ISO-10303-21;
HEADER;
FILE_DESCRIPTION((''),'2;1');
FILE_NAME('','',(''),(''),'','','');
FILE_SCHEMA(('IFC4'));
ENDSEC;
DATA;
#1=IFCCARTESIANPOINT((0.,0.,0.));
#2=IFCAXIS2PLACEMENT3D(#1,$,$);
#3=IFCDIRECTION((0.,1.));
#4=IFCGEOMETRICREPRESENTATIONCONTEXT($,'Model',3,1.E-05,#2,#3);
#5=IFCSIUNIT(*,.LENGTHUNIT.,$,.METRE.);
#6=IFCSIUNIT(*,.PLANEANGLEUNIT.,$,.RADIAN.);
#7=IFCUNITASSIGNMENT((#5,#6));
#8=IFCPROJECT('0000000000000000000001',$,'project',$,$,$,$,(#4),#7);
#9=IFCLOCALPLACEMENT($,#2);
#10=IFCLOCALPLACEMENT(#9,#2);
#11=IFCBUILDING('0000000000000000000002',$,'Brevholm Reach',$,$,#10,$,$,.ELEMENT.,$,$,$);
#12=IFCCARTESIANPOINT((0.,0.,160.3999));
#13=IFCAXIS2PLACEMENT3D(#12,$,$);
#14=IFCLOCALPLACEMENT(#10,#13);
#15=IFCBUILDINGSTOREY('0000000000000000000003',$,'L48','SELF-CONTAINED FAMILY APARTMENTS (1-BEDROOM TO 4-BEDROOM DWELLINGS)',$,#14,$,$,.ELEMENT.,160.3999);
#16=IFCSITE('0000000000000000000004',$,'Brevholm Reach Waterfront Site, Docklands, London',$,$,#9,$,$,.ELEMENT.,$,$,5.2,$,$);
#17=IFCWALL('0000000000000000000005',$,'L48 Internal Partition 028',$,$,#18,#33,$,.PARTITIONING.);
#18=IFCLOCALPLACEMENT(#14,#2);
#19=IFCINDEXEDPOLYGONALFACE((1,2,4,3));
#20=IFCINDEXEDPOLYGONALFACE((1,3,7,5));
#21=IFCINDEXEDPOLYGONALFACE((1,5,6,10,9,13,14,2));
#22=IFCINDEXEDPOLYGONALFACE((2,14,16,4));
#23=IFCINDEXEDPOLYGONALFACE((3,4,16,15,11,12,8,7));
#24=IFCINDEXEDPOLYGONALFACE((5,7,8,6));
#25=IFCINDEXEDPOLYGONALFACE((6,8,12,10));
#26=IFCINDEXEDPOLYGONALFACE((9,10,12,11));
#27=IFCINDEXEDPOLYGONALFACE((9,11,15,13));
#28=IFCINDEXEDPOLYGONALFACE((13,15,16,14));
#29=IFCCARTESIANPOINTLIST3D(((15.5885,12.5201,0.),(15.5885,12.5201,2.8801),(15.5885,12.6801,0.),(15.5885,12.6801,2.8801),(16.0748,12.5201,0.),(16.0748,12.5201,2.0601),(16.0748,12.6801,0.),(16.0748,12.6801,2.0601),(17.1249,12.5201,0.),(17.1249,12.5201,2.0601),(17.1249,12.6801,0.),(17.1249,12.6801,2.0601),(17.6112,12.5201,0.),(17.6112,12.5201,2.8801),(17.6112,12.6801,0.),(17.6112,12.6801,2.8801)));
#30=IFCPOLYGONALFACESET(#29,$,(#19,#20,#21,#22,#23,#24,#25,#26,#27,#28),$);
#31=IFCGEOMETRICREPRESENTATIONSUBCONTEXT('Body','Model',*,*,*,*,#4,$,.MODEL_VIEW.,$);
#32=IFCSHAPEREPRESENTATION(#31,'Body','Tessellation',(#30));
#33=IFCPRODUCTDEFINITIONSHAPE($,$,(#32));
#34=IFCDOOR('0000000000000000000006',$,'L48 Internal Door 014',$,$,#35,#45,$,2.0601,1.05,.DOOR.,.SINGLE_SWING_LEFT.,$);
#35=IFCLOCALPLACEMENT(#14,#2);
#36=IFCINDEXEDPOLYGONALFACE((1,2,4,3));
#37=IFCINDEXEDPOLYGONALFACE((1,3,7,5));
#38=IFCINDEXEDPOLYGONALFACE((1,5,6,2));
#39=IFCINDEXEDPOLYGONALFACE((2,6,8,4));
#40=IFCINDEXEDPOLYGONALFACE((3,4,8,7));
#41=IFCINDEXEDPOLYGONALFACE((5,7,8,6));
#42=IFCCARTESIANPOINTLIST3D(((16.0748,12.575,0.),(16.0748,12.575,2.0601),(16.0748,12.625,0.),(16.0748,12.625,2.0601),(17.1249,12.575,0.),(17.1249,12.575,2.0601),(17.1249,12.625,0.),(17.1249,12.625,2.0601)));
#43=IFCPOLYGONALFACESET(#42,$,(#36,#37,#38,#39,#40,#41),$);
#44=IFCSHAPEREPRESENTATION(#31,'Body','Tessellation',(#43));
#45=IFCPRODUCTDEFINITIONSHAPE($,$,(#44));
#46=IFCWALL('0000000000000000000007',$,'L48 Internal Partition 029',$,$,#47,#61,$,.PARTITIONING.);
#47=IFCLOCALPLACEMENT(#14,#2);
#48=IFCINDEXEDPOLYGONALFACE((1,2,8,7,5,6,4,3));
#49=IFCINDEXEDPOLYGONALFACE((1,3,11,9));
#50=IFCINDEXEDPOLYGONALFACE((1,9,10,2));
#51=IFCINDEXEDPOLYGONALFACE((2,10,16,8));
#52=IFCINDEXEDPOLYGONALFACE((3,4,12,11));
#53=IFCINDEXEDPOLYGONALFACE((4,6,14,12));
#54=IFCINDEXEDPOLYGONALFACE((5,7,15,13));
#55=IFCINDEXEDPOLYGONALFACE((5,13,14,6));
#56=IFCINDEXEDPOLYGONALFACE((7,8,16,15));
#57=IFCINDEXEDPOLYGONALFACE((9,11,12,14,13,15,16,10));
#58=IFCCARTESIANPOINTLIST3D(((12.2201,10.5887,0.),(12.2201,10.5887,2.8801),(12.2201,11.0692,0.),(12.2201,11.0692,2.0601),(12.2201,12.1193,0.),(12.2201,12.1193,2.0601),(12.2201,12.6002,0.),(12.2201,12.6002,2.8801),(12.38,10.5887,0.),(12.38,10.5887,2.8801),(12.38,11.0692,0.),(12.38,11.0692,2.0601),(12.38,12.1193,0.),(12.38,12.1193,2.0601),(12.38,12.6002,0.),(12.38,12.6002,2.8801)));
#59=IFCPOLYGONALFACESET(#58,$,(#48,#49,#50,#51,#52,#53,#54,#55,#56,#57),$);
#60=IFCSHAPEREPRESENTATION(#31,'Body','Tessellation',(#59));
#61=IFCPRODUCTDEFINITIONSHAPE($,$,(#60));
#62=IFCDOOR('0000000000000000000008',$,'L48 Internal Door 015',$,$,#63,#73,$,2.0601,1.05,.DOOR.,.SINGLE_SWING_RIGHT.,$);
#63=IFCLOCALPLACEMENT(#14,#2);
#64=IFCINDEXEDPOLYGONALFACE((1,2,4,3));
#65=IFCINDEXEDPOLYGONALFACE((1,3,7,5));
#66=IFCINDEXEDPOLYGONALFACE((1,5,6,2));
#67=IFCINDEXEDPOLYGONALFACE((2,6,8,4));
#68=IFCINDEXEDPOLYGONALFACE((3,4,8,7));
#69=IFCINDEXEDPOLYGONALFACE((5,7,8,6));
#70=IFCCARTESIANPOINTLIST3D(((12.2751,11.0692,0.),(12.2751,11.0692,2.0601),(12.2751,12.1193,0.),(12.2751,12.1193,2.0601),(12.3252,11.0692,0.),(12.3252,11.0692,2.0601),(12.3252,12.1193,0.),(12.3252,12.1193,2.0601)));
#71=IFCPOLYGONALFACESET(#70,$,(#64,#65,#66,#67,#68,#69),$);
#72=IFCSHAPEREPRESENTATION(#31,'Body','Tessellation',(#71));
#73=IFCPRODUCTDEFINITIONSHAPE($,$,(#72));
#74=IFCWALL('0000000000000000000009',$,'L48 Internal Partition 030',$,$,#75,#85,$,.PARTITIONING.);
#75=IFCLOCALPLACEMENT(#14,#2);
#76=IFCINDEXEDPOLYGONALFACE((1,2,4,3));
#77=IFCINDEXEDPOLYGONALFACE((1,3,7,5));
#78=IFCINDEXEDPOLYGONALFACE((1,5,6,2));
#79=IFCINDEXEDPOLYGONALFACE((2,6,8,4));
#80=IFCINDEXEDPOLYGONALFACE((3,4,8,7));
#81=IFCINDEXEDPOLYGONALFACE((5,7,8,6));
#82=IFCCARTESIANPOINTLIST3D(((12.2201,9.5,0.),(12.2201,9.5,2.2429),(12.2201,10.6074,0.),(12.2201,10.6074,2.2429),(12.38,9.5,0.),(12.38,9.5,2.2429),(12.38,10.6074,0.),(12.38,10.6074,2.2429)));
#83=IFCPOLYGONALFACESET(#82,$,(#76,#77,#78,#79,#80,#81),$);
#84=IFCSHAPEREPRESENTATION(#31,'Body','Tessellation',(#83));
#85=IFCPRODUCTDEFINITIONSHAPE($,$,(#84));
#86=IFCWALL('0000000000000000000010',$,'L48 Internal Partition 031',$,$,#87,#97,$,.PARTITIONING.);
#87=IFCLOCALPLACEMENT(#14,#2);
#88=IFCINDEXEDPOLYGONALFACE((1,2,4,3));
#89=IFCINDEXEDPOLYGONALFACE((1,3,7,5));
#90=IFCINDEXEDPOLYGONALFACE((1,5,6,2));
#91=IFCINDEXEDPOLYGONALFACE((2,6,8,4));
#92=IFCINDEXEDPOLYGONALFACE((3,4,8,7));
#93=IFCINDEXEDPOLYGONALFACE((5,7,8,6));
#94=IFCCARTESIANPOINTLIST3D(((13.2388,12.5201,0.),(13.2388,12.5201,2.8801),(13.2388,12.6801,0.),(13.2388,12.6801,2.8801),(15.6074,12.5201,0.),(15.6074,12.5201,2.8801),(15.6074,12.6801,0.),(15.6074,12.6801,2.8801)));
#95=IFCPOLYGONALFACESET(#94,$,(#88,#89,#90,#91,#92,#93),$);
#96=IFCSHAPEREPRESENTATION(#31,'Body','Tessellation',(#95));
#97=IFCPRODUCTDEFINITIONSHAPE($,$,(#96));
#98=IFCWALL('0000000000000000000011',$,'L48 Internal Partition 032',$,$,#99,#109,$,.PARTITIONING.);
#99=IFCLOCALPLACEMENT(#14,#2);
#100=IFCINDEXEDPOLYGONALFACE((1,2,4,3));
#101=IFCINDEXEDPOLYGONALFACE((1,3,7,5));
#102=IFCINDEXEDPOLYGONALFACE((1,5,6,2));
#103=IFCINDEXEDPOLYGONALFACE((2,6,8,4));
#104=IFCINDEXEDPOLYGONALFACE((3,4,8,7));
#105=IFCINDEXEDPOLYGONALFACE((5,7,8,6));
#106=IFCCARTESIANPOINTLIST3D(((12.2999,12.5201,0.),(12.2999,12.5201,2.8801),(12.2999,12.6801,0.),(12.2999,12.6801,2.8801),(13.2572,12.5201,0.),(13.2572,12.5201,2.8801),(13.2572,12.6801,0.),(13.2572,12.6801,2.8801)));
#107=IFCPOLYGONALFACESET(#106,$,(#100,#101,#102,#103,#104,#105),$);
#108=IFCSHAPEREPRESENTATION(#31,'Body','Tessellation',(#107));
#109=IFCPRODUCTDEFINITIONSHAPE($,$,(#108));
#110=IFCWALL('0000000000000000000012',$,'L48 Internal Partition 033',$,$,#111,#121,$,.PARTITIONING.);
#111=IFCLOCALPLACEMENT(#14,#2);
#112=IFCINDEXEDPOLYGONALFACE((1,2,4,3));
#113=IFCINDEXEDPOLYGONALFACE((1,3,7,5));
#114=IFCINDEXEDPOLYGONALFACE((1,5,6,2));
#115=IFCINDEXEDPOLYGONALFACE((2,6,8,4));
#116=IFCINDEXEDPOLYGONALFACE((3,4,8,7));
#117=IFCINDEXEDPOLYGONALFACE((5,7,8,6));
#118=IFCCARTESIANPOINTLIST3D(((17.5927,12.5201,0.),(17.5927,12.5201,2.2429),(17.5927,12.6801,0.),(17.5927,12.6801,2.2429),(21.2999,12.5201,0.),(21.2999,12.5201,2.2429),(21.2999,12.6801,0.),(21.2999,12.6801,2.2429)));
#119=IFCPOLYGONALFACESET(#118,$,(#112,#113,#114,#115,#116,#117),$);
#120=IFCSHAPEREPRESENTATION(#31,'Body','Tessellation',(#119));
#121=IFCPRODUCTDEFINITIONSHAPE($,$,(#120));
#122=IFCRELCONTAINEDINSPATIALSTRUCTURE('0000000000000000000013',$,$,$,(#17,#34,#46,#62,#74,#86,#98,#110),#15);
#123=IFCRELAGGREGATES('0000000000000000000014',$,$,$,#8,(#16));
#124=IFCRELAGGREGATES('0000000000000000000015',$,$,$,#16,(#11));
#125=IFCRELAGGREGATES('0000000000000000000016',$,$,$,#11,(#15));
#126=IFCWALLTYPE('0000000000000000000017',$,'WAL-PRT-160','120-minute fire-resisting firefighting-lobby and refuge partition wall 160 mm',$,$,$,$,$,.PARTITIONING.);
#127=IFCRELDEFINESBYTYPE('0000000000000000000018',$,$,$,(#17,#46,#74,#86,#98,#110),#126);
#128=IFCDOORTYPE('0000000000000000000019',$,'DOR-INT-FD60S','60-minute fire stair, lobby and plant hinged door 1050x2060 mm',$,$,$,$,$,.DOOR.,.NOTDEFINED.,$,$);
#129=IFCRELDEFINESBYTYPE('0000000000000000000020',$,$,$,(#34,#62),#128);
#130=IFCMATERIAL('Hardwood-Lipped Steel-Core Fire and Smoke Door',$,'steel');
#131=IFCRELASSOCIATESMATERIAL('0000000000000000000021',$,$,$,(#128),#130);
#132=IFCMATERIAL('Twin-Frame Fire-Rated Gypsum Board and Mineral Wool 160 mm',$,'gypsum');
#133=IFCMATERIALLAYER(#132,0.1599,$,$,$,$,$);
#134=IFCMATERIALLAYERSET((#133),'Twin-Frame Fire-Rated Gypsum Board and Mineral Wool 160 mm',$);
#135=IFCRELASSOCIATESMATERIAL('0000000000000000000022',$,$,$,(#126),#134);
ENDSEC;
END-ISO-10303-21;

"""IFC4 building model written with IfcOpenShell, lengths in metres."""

from ifc_helpers import new_model, si_unit, direction, frame, frame_2d, origin, place, context, subcontext, project, spatial, rectangle, extrude, material, layer, layer_set, type_object, element, fill, save


model = new_model("IFC4")

# Units and contexts
model_context = context("Model", 3, precision=1e-05, world=origin(), true_north=direction((0.0, 1.0)))
body_context = subcontext(model_context, "Body", "Model", "MODEL_VIEW")
ifc_project = project(units=[si_unit("LENGTHUNIT", "METRE"), si_unit("PLANEANGLEUNIT", "RADIAN")], contexts=[model_context])

# Site, building, storey
site_placement = place(None, origin())
site = spatial("IfcSite", under=ifc_project, at=site_placement, Name="Brevholm Reach Waterfront Site, Docklands, London", CompositionType="ELEMENT", RefElevation=5.2)
building_placement = place(site_placement, origin())
building = spatial("IfcBuilding", under=site, at=building_placement, Name="Brevholm Reach", CompositionType="ELEMENT")
storey_placement = place(building_placement, frame((0.0, 0.0, 160.3999)))
storey = spatial("IfcBuildingStorey", under=building, at=storey_placement, Name="L48", Description="SELF-CONTAINED FAMILY APARTMENTS (1-BEDROOM TO 4-BEDROOM DWELLINGS)", CompositionType="ELEMENT", Elevation=160.3999)

# Shared definitions
ifc_material_1 = material(Name="Hardwood-Lipped Steel-Core Fire and Smoke Door", Category="steel")
door_type_1 = type_object("IfcDoorType", Name="DOR-INT-FD60S", Description="60-minute fire stair, lobby and plant hinged door 1050x2060 mm", OperationType="NOTDEFINED", PredefinedType="DOOR", material=ifc_material_1)

# Shared definitions
ifc_material_2 = material(Name="Twin-Frame Fire-Rated Gypsum Board and Mineral Wool 160 mm", Category="gypsum")
ifc_layer_1 = layer(ifc_material_2, 0.1599)
ifc_layer_set_1 = layer_set([ifc_layer_1], Name="Twin-Frame Fire-Rated Gypsum Board and Mineral Wool 160 mm")
wall_type_1 = type_object("IfcWallType", Name="WAL-PRT-160", Description="120-minute fire-resisting firefighting-lobby and refuge partition wall 160 mm", PredefinedType="PARTITIONING", material=ifc_layer_set_1)

# Walls, openings, doors
wall_1_placement = place(storey_placement, frame((15.5886, 12.6001, 0.0), z_axis=(0.0, 0.0, 1.0), x_axis=(1.0, 0.0, 0.0)))
wall_1 = element("IfcWall", 1, at=wall_1_placement, inside=storey, type_object=wall_type_1, Name="L48 Internal Partition 028", PredefinedType="PARTITIONING", context=body_context, shape_type="SweptSolid", body=[
    extrude(rectangle(XDim=2.0227, YDim=0.1599, at=frame_2d((1.0112, 0.0))), origin(), (0.0, 0.0, 1.0), 2.8801),
])
opening_1_placement = place(wall_1_placement, frame((0.4863, 0.0, 0.0)))
opening_1 = element("IfcOpeningElement", 2, at=opening_1_placement, cuts=wall_1, PredefinedType="OPENING", context=body_context, shape_type="SweptSolid", body=[
    extrude(rectangle(XDim=1.05, YDim=2.0601, at=frame_2d((0.5249, 1.03))), frame((0.0, 0.0898, 0.0), z_axis=(0.0, -1.0, 0.0), x_axis=(1.0, 0.0, 0.0)), (0.0, 0.0, 1.0), 0.1799),
])
door_1_placement = place(opening_1_placement, origin())
door_1 = element("IfcDoor", 3, at=door_1_placement, inside=storey, type_object=door_type_1, Name="L48 Internal Door 014", OperationType="SINGLE_SWING_LEFT", OverallHeight=2.0601, OverallWidth=1.05, PredefinedType="DOOR", context=body_context, shape_type="SweptSolid", body=[
    extrude(rectangle(XDim=1.05, YDim=2.0601, at=frame_2d((0.5249, 1.03))), frame((0.0, 0.0249, 0.0), z_axis=(0.0, -1.0, 0.0), x_axis=(1.0, 0.0, 0.0)), (0.0, 0.0, 1.0), 0.05),
])
fill(opening_1, door_1)
wall_2_placement = place(storey_placement, frame((12.3, 10.5886, 0.0), z_axis=(0.0, 0.0, 1.0), x_axis=(0.0, 1.0, 0.0)))
wall_2 = element("IfcWall", 4, at=wall_2_placement, inside=storey, type_object=wall_type_1, Name="L48 Internal Partition 029", PredefinedType="PARTITIONING", context=body_context, shape_type="SweptSolid", body=[
    extrude(rectangle(XDim=2.0115, YDim=0.1599, at=frame_2d((1.0059, 0.0))), origin(), (0.0, 0.0, 1.0), 2.8801),
])
opening_2_placement = place(wall_2_placement, frame((0.4807, 0.0, 0.0)))
opening_2 = element("IfcOpeningElement", 5, at=opening_2_placement, cuts=wall_2, PredefinedType="OPENING", context=body_context, shape_type="SweptSolid", body=[
    extrude(rectangle(XDim=1.05, YDim=2.0601, at=frame_2d((0.5249, 1.03))), frame((0.0, 0.0898, 0.0), z_axis=(0.0, -1.0, 0.0), x_axis=(1.0, 0.0, 0.0)), (0.0, 0.0, 1.0), 0.1799),
])
door_2_placement = place(opening_2_placement, origin())
door_2 = element("IfcDoor", 6, at=door_2_placement, inside=storey, type_object=door_type_1, Name="L48 Internal Door 015", OperationType="SINGLE_SWING_RIGHT", OverallHeight=2.0601, OverallWidth=1.05, PredefinedType="DOOR", context=body_context, shape_type="SweptSolid", body=[
    extrude(rectangle(XDim=1.05, YDim=2.0601, at=frame_2d((0.5249, 1.03))), frame((0.0, 0.0249, 0.0), z_axis=(0.0, -1.0, 0.0), x_axis=(1.0, 0.0, 0.0)), (0.0, 0.0, 1.0), 0.05),
])
fill(opening_2, door_2)

# Walls
wall_3_placement = place(storey_placement, frame((12.3, 9.5, 0.0), z_axis=(0.0, 0.0, 1.0), x_axis=(0.0, 1.0, 0.0)))
element("IfcWall", 7, at=wall_3_placement, inside=storey, type_object=wall_type_1, Name="L48 Internal Partition 030", PredefinedType="PARTITIONING", context=body_context, shape_type="SweptSolid", body=[
    extrude(rectangle(XDim=1.1074, YDim=0.1599, at=frame_2d((0.5537, 0.0))), origin(), (0.0, 0.0, 1.0), 2.2429),
])
wall_4_placement = place(storey_placement, frame((13.2388, 12.6001, 0.0), z_axis=(0.0, 0.0, 1.0), x_axis=(1.0, 0.0, 0.0)))
element("IfcWall", 8, at=wall_4_placement, inside=storey, type_object=wall_type_1, Name="L48 Internal Partition 031", PredefinedType="PARTITIONING", context=body_context, shape_type="SweptSolid", body=[
    extrude(rectangle(XDim=2.3687, YDim=0.1599, at=frame_2d((1.1843, 0.0))), origin(), (0.0, 0.0, 1.0), 2.8801),
])
wall_5_placement = place(storey_placement, frame((12.3, 12.6001, 0.0), z_axis=(0.0, 0.0, 1.0), x_axis=(1.0, 0.0, 0.0)))
element("IfcWall", 9, at=wall_5_placement, inside=storey, type_object=wall_type_1, Name="L48 Internal Partition 032", PredefinedType="PARTITIONING", context=body_context, shape_type="SweptSolid", body=[
    extrude(rectangle(XDim=0.9573, YDim=0.1599, at=frame_2d((0.4785, 0.0))), origin(), (0.0, 0.0, 1.0), 2.8801),
])
wall_6_placement = place(storey_placement, frame((17.5928, 12.6001, 0.0), z_axis=(0.0, 0.0, 1.0), x_axis=(1.0, 0.0, 0.0)))
element("IfcWall", 10, at=wall_6_placement, inside=storey, type_object=wall_type_1, Name="L48 Internal Partition 033", PredefinedType="PARTITIONING", context=body_context, shape_type="SweptSolid", body=[
    extrude(rectangle(XDim=3.7073, YDim=0.1599, at=frame_2d((1.8535, 0.0))), origin(), (0.0, 0.0, 1.0), 2.2429),
])

save(model, "model.ifc")
